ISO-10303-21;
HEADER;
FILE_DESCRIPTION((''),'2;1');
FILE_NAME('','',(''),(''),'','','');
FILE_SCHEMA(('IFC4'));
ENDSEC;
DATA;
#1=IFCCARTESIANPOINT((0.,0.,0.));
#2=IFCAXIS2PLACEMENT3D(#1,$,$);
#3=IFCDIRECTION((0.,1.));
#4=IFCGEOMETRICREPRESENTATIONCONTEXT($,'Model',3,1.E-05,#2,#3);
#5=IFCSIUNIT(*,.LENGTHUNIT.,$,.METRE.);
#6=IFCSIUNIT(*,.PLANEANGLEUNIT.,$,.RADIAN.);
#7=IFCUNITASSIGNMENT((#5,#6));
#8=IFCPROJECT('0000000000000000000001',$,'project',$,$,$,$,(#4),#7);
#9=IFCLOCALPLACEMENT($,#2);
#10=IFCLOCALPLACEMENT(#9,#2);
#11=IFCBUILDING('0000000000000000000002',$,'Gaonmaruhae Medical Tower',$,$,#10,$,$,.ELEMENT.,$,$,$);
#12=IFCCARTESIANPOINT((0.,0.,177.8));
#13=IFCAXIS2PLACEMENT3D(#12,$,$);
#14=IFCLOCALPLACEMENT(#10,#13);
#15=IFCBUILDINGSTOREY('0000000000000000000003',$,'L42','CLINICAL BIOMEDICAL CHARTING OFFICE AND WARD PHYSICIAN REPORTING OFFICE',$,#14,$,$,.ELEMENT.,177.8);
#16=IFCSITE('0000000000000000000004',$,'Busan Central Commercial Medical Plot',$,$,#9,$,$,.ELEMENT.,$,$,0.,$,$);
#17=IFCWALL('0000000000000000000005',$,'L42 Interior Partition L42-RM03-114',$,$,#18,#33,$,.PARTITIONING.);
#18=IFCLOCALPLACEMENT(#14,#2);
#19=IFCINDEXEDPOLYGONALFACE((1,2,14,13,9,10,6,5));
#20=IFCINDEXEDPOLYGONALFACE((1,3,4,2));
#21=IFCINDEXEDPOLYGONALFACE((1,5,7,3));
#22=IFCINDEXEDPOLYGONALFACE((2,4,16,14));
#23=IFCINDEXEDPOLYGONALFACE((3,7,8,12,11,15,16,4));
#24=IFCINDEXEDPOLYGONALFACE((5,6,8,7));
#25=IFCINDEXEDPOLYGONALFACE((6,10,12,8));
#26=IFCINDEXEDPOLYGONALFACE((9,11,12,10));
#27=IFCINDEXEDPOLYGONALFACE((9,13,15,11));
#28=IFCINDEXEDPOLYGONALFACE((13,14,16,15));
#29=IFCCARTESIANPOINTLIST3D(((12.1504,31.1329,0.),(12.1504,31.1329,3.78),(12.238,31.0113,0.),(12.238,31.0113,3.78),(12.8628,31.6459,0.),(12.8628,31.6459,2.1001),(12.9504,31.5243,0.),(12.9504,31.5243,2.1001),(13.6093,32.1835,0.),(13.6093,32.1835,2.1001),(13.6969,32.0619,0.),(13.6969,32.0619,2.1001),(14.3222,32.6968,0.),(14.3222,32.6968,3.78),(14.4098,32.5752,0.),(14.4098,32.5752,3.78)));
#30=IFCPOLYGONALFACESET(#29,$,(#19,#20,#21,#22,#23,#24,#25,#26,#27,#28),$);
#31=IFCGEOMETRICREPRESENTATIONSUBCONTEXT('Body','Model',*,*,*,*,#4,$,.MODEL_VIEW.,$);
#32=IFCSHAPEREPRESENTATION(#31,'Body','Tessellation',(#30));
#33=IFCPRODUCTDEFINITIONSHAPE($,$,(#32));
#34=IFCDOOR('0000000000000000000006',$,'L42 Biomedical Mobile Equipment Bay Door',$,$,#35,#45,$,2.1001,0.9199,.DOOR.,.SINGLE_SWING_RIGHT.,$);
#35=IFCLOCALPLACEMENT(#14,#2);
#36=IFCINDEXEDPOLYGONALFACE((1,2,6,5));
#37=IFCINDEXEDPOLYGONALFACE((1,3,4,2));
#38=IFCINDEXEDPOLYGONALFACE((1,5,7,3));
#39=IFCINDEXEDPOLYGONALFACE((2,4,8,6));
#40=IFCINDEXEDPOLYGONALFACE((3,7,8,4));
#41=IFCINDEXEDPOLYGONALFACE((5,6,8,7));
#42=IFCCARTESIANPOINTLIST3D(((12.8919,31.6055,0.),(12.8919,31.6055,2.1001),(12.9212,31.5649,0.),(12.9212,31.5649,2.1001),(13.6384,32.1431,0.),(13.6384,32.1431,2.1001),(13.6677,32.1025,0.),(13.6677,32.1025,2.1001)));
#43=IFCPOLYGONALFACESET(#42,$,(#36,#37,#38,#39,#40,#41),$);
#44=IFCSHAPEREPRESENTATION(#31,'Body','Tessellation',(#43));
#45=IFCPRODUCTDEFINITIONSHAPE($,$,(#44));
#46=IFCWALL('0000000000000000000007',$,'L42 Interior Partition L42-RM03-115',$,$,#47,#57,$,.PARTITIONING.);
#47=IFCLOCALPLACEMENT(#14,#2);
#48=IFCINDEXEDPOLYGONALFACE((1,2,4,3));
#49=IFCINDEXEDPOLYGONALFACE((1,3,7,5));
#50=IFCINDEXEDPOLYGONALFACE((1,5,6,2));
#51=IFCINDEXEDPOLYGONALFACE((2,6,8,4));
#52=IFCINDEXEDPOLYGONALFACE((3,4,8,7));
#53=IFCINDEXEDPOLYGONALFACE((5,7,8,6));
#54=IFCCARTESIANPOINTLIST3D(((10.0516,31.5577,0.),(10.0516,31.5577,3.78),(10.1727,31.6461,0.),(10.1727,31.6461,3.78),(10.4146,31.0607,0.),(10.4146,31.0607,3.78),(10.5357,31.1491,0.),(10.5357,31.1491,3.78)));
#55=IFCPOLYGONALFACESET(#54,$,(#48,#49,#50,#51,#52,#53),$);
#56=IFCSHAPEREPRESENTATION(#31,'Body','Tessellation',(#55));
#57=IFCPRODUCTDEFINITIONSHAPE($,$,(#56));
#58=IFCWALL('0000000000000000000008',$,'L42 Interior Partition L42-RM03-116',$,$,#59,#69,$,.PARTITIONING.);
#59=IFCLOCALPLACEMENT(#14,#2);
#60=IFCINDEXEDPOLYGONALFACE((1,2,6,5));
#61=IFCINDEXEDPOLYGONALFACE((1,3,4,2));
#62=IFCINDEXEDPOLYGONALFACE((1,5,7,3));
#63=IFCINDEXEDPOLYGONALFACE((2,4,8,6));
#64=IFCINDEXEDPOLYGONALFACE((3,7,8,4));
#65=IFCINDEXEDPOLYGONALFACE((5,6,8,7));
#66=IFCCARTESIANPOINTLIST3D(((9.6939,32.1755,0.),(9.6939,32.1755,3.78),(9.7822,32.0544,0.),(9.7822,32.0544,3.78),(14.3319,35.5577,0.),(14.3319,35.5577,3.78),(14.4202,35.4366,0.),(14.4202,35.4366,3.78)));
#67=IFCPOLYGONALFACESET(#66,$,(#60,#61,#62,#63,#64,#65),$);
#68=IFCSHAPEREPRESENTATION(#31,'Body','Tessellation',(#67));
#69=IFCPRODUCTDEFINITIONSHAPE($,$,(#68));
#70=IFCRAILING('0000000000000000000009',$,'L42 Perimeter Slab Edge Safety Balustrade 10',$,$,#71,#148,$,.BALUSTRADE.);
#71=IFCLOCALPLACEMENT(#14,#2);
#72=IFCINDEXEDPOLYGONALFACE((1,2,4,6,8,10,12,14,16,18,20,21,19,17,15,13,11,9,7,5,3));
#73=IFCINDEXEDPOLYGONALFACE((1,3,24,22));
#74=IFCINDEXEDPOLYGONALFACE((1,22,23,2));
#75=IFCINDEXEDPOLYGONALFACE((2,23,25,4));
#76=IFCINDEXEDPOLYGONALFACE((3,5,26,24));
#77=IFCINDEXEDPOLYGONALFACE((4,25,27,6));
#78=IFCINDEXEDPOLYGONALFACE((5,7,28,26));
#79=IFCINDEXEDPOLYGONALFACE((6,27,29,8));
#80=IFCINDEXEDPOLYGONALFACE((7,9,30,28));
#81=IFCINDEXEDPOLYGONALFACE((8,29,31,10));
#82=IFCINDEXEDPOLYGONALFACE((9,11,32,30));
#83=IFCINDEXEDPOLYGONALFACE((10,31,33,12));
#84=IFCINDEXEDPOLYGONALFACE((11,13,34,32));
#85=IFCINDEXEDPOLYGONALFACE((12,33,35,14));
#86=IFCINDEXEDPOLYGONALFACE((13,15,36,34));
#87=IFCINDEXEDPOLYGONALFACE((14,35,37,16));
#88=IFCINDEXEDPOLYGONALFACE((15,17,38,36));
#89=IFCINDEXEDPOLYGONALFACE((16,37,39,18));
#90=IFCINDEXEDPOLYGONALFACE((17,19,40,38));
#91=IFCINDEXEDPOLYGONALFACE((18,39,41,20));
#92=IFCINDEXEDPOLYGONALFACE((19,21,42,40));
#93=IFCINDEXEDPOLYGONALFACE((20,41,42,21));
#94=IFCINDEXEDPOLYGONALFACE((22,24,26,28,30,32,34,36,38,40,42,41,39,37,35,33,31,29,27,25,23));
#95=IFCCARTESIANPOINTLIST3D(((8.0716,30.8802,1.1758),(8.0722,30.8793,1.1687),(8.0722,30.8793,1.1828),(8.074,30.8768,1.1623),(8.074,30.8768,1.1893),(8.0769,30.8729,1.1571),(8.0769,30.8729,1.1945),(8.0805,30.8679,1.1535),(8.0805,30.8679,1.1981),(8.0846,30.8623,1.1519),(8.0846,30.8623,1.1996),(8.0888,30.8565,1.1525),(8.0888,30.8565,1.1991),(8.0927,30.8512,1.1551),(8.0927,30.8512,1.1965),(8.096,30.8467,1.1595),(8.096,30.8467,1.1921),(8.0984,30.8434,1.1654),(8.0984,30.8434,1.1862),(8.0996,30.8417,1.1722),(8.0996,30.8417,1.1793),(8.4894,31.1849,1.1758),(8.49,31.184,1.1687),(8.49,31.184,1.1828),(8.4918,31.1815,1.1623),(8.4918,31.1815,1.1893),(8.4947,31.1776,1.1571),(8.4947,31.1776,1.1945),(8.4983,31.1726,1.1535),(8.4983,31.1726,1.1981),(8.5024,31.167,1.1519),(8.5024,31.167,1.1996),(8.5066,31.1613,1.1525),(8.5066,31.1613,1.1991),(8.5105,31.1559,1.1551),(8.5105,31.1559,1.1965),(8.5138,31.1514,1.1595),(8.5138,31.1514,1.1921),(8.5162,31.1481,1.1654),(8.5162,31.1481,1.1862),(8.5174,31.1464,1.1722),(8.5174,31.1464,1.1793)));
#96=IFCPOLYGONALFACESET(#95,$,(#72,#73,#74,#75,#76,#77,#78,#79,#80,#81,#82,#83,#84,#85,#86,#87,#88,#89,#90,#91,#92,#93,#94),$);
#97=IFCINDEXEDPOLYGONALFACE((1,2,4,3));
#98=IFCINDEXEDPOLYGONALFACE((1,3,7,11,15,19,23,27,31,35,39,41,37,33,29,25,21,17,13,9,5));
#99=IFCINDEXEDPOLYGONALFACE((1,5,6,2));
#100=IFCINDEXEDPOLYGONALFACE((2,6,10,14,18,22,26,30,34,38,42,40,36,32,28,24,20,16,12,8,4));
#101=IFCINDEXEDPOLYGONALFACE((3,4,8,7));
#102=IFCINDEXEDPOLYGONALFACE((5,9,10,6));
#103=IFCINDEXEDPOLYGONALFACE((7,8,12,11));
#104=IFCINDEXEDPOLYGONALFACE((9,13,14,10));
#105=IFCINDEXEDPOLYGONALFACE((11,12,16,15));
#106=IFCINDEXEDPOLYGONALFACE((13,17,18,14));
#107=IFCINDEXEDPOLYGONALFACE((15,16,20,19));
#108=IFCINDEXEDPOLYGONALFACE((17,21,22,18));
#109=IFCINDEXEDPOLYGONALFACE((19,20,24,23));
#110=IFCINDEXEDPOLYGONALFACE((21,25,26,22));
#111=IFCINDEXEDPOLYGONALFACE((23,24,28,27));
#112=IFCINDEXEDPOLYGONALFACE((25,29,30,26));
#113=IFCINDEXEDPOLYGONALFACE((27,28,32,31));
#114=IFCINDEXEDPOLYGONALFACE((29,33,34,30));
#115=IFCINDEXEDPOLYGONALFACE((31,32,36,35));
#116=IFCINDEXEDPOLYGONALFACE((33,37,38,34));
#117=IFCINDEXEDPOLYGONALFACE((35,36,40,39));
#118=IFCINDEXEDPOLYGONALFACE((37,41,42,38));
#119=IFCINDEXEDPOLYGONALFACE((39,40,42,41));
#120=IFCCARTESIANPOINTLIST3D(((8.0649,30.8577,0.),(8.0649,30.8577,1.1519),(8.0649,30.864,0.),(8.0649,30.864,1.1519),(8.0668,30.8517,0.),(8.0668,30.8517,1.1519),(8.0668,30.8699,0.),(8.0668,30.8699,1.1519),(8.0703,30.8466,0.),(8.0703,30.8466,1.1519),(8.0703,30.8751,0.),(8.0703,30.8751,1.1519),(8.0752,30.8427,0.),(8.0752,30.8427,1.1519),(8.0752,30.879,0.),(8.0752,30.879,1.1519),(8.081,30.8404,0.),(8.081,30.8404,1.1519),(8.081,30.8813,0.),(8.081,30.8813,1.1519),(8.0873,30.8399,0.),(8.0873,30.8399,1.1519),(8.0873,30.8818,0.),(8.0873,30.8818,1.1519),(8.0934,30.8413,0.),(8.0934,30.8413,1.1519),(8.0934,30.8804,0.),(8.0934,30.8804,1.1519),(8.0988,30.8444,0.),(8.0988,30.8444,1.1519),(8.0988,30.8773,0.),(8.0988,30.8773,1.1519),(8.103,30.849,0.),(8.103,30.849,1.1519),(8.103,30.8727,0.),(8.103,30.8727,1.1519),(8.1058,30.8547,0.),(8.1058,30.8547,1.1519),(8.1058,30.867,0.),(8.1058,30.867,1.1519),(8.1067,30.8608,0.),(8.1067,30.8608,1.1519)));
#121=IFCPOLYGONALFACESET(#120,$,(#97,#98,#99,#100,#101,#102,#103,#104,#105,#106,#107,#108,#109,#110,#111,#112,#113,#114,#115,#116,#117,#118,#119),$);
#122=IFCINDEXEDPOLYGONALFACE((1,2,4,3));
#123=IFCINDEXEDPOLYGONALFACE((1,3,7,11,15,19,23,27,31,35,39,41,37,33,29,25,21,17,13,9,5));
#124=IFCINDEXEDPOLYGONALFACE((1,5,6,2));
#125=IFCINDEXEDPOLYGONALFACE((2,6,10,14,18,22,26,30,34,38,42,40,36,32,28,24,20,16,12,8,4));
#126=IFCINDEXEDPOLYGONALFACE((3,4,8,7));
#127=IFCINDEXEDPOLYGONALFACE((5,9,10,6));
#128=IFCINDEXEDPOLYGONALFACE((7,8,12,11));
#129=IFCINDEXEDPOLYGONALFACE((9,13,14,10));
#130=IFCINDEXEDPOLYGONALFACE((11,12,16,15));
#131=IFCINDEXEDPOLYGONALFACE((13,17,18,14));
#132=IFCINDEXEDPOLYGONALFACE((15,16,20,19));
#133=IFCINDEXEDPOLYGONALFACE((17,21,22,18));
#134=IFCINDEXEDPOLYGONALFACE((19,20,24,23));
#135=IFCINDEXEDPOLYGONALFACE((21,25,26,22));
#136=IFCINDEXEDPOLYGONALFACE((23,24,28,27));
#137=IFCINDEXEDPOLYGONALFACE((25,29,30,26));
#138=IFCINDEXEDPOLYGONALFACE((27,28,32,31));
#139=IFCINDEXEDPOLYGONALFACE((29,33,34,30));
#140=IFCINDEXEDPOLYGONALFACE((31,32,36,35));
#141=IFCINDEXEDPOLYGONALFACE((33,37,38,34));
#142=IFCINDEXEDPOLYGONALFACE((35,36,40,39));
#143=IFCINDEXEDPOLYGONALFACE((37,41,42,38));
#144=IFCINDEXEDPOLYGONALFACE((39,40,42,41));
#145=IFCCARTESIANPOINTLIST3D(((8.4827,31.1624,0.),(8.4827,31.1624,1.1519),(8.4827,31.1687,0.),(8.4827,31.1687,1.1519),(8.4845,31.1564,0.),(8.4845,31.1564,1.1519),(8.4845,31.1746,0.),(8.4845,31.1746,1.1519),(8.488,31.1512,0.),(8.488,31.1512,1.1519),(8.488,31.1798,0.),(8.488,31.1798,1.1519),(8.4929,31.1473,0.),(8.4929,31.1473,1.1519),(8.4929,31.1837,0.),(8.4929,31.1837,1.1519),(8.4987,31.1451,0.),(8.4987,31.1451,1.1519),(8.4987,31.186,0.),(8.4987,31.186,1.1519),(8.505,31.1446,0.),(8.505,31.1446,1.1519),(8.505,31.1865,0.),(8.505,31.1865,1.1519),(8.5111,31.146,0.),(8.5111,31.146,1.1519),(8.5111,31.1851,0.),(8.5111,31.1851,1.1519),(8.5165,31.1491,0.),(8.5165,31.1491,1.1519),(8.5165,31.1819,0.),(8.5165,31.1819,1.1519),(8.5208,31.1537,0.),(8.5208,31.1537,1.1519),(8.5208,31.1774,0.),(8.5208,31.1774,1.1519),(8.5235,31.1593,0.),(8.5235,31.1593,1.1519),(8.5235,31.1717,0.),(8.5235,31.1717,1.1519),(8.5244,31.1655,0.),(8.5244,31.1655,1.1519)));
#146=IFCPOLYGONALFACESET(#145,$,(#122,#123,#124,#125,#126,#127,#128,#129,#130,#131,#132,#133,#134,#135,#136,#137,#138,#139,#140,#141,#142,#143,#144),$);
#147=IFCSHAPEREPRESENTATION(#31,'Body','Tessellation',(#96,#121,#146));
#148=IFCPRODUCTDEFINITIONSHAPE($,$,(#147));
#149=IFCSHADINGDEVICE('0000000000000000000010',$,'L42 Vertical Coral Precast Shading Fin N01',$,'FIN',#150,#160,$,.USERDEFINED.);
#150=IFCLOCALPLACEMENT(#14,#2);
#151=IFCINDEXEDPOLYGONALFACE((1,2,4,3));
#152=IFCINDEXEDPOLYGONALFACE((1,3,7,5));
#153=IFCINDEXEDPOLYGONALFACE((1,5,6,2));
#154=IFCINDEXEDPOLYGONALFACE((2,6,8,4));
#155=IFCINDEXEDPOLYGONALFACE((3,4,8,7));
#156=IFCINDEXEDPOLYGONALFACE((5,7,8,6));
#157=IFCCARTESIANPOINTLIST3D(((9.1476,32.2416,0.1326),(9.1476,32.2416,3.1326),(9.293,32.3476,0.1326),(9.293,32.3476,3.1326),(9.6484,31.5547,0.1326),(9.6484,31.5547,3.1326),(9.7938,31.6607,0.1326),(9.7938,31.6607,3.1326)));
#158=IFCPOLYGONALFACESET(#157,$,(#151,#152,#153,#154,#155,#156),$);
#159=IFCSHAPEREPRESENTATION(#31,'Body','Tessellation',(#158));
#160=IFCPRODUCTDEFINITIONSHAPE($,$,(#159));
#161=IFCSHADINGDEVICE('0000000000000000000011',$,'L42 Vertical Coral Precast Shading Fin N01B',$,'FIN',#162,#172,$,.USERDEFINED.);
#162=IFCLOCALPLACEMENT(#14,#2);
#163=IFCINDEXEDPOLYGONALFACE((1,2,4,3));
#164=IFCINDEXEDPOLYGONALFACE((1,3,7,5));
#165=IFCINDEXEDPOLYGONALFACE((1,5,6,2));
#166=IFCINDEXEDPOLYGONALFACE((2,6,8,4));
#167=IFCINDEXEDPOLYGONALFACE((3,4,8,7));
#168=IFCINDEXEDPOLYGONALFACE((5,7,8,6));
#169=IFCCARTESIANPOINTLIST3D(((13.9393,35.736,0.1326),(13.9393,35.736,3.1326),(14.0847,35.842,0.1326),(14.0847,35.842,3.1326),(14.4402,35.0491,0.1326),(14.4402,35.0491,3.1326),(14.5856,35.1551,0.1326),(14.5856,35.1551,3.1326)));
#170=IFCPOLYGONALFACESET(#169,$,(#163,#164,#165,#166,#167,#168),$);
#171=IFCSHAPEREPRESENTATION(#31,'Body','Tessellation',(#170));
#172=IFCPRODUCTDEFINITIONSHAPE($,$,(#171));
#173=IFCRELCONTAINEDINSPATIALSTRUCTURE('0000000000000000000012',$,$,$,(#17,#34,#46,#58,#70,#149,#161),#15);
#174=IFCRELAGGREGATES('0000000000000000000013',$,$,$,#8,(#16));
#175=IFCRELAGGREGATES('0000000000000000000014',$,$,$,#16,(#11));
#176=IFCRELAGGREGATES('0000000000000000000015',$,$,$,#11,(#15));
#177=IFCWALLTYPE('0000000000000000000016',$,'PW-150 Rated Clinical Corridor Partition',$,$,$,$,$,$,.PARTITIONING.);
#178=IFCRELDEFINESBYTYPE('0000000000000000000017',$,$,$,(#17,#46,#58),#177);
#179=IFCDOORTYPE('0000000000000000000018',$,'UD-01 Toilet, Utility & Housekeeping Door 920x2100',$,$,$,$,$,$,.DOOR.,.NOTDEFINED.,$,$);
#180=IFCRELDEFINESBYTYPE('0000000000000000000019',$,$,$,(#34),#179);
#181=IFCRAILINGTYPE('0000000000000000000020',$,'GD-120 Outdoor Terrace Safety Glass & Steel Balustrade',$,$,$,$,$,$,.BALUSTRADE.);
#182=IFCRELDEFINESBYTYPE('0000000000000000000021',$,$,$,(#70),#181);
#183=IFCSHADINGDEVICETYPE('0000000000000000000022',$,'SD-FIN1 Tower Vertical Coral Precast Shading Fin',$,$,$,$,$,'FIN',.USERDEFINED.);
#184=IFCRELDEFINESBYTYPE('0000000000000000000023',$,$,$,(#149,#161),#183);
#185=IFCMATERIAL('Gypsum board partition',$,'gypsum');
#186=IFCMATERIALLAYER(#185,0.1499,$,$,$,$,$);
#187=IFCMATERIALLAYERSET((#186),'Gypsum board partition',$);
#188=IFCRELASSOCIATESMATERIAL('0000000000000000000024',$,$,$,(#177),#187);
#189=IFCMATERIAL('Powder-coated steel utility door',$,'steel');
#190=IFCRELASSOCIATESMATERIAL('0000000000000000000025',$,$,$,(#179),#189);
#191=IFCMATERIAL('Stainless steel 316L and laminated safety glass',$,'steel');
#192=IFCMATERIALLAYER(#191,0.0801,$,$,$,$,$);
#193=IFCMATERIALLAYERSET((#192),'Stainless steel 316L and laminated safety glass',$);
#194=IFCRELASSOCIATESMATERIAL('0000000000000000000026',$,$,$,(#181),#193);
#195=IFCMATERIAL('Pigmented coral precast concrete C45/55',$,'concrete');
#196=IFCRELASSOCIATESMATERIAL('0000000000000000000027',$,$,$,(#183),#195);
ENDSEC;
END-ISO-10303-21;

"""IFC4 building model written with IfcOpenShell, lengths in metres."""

from ifc_helpers import new_model, si_unit, direction, frame, frame_2d, origin, origin_2d, place, context, subcontext, project, spatial, rectangle, circle, extrude, material, layer, layer_set, type_object, element, fill, save


model = new_model("IFC4")

# Units and contexts
model_context = context("Model", 3, precision=1e-05, world=origin(), true_north=direction((0.0, 1.0)))
body_context = subcontext(model_context, "Body", "Model", "MODEL_VIEW")
ifc_project = project(units=[si_unit("LENGTHUNIT", "METRE"), si_unit("PLANEANGLEUNIT", "RADIAN")], contexts=[model_context])

# Site, building, storey
site_placement = place(None, origin())
site = spatial("IfcSite", under=ifc_project, at=site_placement, Name="Busan Central Commercial Medical Plot", CompositionType="ELEMENT", RefElevation=0.0)
building_placement = place(site_placement, origin())
building = spatial("IfcBuilding", under=site, at=building_placement, Name="Gaonmaruhae Medical Tower", CompositionType="ELEMENT")
storey_placement = place(building_placement, frame((0.0, 0.0, 177.8)))
storey = spatial("IfcBuildingStorey", under=building, at=storey_placement, Name="L42", Description="CLINICAL BIOMEDICAL CHARTING OFFICE AND WARD PHYSICIAN REPORTING OFFICE", CompositionType="ELEMENT", Elevation=177.8)

# Shared definitions
ifc_material_1 = material(Name="Gypsum board partition", Category="gypsum")
ifc_layer_1 = layer(ifc_material_1, 0.1499)
ifc_layer_set_1 = layer_set([ifc_layer_1], Name="Gypsum board partition")
wall_type_1 = type_object("IfcWallType", Name="PW-150 Rated Clinical Corridor Partition", PredefinedType="PARTITIONING", material=ifc_layer_set_1)

# Shared definitions
ifc_material_2 = material(Name="Powder-coated steel utility door", Category="steel")
door_type_1 = type_object("IfcDoorType", Name="UD-01 Toilet, Utility & Housekeeping Door 920x2100", OperationType="NOTDEFINED", PredefinedType="DOOR", material=ifc_material_2)

# Wall, opening, door
wall_1_placement = place(storey_placement, frame((14.366, 32.636, 0.0), z_axis=(0.0, 0.0, 1.0), x_axis=(-0.811496, -0.584358, 0.0)))
wall_1 = element("IfcWall", 1, at=wall_1_placement, inside=storey, type_object=wall_type_1, Name="L42 Interior Partition L42-RM03-114", PredefinedType="PARTITIONING", context=body_context, shape_type="SweptSolid", body=[
    extrude(rectangle(XDim=2.6763, YDim=0.1499, at=frame_2d((1.3381, 0.0))), origin(), (0.0, 0.0, 1.0), 3.78),
])
opening_1_placement = place(wall_1_placement, frame((0.8784, 0.0, 0.0)))
opening_1 = element("IfcOpeningElement", 2, at=opening_1_placement, cuts=wall_1, PredefinedType="OPENING", context=body_context, shape_type="SweptSolid", body=[
    extrude(rectangle(XDim=0.9199, YDim=2.1001, at=frame_2d((0.46, 1.05))), frame((0.0, 0.085, 0.0), z_axis=(0.0, -1.0, 0.0), x_axis=(1.0, 0.0, 0.0)), (0.0, 0.0, 1.0), 0.1699),
])
door_1_placement = place(opening_1_placement, origin())
door_1 = element("IfcDoor", 3, at=door_1_placement, inside=storey, type_object=door_type_1, Name="L42 Biomedical Mobile Equipment Bay Door", OperationType="SINGLE_SWING_RIGHT", OverallHeight=2.1001, OverallWidth=0.9199, PredefinedType="DOOR", context=body_context, shape_type="SweptSolid", body=[
    extrude(rectangle(XDim=0.9199, YDim=2.1001, at=frame_2d((0.46, 1.05))), frame((0.0, 0.0249, 0.0), z_axis=(0.0, -1.0, 0.0), x_axis=(1.0, 0.0, 0.0)), (0.0, 0.0, 1.0), 0.05),
])
fill(opening_1, door_1)

# Walls
wall_2_placement = place(storey_placement, frame((10.4751, 31.105, 0.0), z_axis=(0.0, 0.0, 1.0), x_axis=(-0.589798, 0.807551, 0.0)))
element("IfcWall", 4, at=wall_2_placement, inside=storey, type_object=wall_type_1, Name="L42 Interior Partition L42-RM03-115", PredefinedType="PARTITIONING", context=body_context, shape_type="SweptSolid", body=[
    extrude(rectangle(XDim=0.6155, YDim=0.1499, at=frame_2d((0.3076, 0.0))), origin(), (0.0, 0.0, 1.0), 3.78),
])
wall_3_placement = place(storey_placement, frame((9.738, 32.115, 0.0), z_axis=(0.0, 0.0, 1.0), x_axis=(0.807987, 0.589201, 0.0)))
element("IfcWall", 5, at=wall_3_placement, inside=storey, type_object=wall_type_1, Name="L42 Interior Partition L42-RM03-116", PredefinedType="PARTITIONING", context=body_context, shape_type="SweptSolid", body=[
    extrude(rectangle(XDim=5.7402, YDim=0.1499, at=frame_2d((2.8701, 0.0))), origin(), (0.0, 0.0, 1.0), 3.78),
])

# Railing
ifc_material_3 = material(Name="Stainless steel 316L and laminated safety glass", Category="steel")
ifc_layer_2 = layer(ifc_material_3, 0.0801)
ifc_layer_set_2 = layer_set([ifc_layer_2], Name="Stainless steel 316L and laminated safety glass")
railing_type = type_object("IfcRailingType", Name="GD-120 Outdoor Terrace Safety Glass & Steel Balustrade", PredefinedType="BALUSTRADE", material=ifc_layer_set_2)
railing_placement = place(storey_placement, frame((8.0857, 30.8608, 0.0)))
element("IfcRailing", 6, at=railing_placement, inside=storey, type_object=railing_type, Name="L42 Perimeter Slab Edge Safety Balustrade 10", PredefinedType="BALUSTRADE", context=body_context, shape_type="SweptSolid", body=[
    extrude(circle(Radius=0.0239, at=origin_2d()), frame((0.0, 0.0, 1.1758), z_axis=(0.807919, 0.589294, 0.0), x_axis=(-0.589294, 0.807919, 0.0)), (0.0, 0.0, 1.0), 0.5171),
    extrude(circle(Radius=0.021, at=origin_2d()), origin(), (0.0, 0.0, 1.0), 1.1519),
    extrude(circle(Radius=0.021, at=origin_2d()), frame((0.4177, 0.3047, 0.0)), (0.0, 0.0, 1.0), 1.1519),
])

# Shading devices
ifc_material_4 = material(Name="Pigmented coral precast concrete C45/55", Category="concrete")
shading_device_type = type_object("IfcShadingDeviceType", Name="SD-FIN1 Tower Vertical Coral Precast Shading Fin", ElementType="FIN", PredefinedType="USERDEFINED", material=ifc_material_4)
for number, where, z_axis, x_axis, name in (
    (7, (9.4707, 31.9512, 0.1326), (0.0, 0.0, 1.0), (0.80799, 0.589196, 0.0), "L42 Vertical Coral Precast Shading Fin N01"),
    (8, (14.2625, 35.4456, 0.1326), (0.0, 0.0, 1.0), (0.80799, 0.589196, 0.0), "L42 Vertical Coral Precast Shading Fin N01B"),
):
    element("IfcShadingDevice", number, at=place(storey_placement, frame(where, z_axis=z_axis, x_axis=x_axis)), inside=storey, type_object=shading_device_type, Name=name, ObjectType="FIN", PredefinedType="USERDEFINED", context=body_context, shape_type="SweptSolid", body=[
        extrude(rectangle(XDim=0.1799, YDim=0.8501, at=origin_2d()), origin(), (0.0, 0.0, 1.0), 3.0),
    ])

save(model, "model.ifc")
